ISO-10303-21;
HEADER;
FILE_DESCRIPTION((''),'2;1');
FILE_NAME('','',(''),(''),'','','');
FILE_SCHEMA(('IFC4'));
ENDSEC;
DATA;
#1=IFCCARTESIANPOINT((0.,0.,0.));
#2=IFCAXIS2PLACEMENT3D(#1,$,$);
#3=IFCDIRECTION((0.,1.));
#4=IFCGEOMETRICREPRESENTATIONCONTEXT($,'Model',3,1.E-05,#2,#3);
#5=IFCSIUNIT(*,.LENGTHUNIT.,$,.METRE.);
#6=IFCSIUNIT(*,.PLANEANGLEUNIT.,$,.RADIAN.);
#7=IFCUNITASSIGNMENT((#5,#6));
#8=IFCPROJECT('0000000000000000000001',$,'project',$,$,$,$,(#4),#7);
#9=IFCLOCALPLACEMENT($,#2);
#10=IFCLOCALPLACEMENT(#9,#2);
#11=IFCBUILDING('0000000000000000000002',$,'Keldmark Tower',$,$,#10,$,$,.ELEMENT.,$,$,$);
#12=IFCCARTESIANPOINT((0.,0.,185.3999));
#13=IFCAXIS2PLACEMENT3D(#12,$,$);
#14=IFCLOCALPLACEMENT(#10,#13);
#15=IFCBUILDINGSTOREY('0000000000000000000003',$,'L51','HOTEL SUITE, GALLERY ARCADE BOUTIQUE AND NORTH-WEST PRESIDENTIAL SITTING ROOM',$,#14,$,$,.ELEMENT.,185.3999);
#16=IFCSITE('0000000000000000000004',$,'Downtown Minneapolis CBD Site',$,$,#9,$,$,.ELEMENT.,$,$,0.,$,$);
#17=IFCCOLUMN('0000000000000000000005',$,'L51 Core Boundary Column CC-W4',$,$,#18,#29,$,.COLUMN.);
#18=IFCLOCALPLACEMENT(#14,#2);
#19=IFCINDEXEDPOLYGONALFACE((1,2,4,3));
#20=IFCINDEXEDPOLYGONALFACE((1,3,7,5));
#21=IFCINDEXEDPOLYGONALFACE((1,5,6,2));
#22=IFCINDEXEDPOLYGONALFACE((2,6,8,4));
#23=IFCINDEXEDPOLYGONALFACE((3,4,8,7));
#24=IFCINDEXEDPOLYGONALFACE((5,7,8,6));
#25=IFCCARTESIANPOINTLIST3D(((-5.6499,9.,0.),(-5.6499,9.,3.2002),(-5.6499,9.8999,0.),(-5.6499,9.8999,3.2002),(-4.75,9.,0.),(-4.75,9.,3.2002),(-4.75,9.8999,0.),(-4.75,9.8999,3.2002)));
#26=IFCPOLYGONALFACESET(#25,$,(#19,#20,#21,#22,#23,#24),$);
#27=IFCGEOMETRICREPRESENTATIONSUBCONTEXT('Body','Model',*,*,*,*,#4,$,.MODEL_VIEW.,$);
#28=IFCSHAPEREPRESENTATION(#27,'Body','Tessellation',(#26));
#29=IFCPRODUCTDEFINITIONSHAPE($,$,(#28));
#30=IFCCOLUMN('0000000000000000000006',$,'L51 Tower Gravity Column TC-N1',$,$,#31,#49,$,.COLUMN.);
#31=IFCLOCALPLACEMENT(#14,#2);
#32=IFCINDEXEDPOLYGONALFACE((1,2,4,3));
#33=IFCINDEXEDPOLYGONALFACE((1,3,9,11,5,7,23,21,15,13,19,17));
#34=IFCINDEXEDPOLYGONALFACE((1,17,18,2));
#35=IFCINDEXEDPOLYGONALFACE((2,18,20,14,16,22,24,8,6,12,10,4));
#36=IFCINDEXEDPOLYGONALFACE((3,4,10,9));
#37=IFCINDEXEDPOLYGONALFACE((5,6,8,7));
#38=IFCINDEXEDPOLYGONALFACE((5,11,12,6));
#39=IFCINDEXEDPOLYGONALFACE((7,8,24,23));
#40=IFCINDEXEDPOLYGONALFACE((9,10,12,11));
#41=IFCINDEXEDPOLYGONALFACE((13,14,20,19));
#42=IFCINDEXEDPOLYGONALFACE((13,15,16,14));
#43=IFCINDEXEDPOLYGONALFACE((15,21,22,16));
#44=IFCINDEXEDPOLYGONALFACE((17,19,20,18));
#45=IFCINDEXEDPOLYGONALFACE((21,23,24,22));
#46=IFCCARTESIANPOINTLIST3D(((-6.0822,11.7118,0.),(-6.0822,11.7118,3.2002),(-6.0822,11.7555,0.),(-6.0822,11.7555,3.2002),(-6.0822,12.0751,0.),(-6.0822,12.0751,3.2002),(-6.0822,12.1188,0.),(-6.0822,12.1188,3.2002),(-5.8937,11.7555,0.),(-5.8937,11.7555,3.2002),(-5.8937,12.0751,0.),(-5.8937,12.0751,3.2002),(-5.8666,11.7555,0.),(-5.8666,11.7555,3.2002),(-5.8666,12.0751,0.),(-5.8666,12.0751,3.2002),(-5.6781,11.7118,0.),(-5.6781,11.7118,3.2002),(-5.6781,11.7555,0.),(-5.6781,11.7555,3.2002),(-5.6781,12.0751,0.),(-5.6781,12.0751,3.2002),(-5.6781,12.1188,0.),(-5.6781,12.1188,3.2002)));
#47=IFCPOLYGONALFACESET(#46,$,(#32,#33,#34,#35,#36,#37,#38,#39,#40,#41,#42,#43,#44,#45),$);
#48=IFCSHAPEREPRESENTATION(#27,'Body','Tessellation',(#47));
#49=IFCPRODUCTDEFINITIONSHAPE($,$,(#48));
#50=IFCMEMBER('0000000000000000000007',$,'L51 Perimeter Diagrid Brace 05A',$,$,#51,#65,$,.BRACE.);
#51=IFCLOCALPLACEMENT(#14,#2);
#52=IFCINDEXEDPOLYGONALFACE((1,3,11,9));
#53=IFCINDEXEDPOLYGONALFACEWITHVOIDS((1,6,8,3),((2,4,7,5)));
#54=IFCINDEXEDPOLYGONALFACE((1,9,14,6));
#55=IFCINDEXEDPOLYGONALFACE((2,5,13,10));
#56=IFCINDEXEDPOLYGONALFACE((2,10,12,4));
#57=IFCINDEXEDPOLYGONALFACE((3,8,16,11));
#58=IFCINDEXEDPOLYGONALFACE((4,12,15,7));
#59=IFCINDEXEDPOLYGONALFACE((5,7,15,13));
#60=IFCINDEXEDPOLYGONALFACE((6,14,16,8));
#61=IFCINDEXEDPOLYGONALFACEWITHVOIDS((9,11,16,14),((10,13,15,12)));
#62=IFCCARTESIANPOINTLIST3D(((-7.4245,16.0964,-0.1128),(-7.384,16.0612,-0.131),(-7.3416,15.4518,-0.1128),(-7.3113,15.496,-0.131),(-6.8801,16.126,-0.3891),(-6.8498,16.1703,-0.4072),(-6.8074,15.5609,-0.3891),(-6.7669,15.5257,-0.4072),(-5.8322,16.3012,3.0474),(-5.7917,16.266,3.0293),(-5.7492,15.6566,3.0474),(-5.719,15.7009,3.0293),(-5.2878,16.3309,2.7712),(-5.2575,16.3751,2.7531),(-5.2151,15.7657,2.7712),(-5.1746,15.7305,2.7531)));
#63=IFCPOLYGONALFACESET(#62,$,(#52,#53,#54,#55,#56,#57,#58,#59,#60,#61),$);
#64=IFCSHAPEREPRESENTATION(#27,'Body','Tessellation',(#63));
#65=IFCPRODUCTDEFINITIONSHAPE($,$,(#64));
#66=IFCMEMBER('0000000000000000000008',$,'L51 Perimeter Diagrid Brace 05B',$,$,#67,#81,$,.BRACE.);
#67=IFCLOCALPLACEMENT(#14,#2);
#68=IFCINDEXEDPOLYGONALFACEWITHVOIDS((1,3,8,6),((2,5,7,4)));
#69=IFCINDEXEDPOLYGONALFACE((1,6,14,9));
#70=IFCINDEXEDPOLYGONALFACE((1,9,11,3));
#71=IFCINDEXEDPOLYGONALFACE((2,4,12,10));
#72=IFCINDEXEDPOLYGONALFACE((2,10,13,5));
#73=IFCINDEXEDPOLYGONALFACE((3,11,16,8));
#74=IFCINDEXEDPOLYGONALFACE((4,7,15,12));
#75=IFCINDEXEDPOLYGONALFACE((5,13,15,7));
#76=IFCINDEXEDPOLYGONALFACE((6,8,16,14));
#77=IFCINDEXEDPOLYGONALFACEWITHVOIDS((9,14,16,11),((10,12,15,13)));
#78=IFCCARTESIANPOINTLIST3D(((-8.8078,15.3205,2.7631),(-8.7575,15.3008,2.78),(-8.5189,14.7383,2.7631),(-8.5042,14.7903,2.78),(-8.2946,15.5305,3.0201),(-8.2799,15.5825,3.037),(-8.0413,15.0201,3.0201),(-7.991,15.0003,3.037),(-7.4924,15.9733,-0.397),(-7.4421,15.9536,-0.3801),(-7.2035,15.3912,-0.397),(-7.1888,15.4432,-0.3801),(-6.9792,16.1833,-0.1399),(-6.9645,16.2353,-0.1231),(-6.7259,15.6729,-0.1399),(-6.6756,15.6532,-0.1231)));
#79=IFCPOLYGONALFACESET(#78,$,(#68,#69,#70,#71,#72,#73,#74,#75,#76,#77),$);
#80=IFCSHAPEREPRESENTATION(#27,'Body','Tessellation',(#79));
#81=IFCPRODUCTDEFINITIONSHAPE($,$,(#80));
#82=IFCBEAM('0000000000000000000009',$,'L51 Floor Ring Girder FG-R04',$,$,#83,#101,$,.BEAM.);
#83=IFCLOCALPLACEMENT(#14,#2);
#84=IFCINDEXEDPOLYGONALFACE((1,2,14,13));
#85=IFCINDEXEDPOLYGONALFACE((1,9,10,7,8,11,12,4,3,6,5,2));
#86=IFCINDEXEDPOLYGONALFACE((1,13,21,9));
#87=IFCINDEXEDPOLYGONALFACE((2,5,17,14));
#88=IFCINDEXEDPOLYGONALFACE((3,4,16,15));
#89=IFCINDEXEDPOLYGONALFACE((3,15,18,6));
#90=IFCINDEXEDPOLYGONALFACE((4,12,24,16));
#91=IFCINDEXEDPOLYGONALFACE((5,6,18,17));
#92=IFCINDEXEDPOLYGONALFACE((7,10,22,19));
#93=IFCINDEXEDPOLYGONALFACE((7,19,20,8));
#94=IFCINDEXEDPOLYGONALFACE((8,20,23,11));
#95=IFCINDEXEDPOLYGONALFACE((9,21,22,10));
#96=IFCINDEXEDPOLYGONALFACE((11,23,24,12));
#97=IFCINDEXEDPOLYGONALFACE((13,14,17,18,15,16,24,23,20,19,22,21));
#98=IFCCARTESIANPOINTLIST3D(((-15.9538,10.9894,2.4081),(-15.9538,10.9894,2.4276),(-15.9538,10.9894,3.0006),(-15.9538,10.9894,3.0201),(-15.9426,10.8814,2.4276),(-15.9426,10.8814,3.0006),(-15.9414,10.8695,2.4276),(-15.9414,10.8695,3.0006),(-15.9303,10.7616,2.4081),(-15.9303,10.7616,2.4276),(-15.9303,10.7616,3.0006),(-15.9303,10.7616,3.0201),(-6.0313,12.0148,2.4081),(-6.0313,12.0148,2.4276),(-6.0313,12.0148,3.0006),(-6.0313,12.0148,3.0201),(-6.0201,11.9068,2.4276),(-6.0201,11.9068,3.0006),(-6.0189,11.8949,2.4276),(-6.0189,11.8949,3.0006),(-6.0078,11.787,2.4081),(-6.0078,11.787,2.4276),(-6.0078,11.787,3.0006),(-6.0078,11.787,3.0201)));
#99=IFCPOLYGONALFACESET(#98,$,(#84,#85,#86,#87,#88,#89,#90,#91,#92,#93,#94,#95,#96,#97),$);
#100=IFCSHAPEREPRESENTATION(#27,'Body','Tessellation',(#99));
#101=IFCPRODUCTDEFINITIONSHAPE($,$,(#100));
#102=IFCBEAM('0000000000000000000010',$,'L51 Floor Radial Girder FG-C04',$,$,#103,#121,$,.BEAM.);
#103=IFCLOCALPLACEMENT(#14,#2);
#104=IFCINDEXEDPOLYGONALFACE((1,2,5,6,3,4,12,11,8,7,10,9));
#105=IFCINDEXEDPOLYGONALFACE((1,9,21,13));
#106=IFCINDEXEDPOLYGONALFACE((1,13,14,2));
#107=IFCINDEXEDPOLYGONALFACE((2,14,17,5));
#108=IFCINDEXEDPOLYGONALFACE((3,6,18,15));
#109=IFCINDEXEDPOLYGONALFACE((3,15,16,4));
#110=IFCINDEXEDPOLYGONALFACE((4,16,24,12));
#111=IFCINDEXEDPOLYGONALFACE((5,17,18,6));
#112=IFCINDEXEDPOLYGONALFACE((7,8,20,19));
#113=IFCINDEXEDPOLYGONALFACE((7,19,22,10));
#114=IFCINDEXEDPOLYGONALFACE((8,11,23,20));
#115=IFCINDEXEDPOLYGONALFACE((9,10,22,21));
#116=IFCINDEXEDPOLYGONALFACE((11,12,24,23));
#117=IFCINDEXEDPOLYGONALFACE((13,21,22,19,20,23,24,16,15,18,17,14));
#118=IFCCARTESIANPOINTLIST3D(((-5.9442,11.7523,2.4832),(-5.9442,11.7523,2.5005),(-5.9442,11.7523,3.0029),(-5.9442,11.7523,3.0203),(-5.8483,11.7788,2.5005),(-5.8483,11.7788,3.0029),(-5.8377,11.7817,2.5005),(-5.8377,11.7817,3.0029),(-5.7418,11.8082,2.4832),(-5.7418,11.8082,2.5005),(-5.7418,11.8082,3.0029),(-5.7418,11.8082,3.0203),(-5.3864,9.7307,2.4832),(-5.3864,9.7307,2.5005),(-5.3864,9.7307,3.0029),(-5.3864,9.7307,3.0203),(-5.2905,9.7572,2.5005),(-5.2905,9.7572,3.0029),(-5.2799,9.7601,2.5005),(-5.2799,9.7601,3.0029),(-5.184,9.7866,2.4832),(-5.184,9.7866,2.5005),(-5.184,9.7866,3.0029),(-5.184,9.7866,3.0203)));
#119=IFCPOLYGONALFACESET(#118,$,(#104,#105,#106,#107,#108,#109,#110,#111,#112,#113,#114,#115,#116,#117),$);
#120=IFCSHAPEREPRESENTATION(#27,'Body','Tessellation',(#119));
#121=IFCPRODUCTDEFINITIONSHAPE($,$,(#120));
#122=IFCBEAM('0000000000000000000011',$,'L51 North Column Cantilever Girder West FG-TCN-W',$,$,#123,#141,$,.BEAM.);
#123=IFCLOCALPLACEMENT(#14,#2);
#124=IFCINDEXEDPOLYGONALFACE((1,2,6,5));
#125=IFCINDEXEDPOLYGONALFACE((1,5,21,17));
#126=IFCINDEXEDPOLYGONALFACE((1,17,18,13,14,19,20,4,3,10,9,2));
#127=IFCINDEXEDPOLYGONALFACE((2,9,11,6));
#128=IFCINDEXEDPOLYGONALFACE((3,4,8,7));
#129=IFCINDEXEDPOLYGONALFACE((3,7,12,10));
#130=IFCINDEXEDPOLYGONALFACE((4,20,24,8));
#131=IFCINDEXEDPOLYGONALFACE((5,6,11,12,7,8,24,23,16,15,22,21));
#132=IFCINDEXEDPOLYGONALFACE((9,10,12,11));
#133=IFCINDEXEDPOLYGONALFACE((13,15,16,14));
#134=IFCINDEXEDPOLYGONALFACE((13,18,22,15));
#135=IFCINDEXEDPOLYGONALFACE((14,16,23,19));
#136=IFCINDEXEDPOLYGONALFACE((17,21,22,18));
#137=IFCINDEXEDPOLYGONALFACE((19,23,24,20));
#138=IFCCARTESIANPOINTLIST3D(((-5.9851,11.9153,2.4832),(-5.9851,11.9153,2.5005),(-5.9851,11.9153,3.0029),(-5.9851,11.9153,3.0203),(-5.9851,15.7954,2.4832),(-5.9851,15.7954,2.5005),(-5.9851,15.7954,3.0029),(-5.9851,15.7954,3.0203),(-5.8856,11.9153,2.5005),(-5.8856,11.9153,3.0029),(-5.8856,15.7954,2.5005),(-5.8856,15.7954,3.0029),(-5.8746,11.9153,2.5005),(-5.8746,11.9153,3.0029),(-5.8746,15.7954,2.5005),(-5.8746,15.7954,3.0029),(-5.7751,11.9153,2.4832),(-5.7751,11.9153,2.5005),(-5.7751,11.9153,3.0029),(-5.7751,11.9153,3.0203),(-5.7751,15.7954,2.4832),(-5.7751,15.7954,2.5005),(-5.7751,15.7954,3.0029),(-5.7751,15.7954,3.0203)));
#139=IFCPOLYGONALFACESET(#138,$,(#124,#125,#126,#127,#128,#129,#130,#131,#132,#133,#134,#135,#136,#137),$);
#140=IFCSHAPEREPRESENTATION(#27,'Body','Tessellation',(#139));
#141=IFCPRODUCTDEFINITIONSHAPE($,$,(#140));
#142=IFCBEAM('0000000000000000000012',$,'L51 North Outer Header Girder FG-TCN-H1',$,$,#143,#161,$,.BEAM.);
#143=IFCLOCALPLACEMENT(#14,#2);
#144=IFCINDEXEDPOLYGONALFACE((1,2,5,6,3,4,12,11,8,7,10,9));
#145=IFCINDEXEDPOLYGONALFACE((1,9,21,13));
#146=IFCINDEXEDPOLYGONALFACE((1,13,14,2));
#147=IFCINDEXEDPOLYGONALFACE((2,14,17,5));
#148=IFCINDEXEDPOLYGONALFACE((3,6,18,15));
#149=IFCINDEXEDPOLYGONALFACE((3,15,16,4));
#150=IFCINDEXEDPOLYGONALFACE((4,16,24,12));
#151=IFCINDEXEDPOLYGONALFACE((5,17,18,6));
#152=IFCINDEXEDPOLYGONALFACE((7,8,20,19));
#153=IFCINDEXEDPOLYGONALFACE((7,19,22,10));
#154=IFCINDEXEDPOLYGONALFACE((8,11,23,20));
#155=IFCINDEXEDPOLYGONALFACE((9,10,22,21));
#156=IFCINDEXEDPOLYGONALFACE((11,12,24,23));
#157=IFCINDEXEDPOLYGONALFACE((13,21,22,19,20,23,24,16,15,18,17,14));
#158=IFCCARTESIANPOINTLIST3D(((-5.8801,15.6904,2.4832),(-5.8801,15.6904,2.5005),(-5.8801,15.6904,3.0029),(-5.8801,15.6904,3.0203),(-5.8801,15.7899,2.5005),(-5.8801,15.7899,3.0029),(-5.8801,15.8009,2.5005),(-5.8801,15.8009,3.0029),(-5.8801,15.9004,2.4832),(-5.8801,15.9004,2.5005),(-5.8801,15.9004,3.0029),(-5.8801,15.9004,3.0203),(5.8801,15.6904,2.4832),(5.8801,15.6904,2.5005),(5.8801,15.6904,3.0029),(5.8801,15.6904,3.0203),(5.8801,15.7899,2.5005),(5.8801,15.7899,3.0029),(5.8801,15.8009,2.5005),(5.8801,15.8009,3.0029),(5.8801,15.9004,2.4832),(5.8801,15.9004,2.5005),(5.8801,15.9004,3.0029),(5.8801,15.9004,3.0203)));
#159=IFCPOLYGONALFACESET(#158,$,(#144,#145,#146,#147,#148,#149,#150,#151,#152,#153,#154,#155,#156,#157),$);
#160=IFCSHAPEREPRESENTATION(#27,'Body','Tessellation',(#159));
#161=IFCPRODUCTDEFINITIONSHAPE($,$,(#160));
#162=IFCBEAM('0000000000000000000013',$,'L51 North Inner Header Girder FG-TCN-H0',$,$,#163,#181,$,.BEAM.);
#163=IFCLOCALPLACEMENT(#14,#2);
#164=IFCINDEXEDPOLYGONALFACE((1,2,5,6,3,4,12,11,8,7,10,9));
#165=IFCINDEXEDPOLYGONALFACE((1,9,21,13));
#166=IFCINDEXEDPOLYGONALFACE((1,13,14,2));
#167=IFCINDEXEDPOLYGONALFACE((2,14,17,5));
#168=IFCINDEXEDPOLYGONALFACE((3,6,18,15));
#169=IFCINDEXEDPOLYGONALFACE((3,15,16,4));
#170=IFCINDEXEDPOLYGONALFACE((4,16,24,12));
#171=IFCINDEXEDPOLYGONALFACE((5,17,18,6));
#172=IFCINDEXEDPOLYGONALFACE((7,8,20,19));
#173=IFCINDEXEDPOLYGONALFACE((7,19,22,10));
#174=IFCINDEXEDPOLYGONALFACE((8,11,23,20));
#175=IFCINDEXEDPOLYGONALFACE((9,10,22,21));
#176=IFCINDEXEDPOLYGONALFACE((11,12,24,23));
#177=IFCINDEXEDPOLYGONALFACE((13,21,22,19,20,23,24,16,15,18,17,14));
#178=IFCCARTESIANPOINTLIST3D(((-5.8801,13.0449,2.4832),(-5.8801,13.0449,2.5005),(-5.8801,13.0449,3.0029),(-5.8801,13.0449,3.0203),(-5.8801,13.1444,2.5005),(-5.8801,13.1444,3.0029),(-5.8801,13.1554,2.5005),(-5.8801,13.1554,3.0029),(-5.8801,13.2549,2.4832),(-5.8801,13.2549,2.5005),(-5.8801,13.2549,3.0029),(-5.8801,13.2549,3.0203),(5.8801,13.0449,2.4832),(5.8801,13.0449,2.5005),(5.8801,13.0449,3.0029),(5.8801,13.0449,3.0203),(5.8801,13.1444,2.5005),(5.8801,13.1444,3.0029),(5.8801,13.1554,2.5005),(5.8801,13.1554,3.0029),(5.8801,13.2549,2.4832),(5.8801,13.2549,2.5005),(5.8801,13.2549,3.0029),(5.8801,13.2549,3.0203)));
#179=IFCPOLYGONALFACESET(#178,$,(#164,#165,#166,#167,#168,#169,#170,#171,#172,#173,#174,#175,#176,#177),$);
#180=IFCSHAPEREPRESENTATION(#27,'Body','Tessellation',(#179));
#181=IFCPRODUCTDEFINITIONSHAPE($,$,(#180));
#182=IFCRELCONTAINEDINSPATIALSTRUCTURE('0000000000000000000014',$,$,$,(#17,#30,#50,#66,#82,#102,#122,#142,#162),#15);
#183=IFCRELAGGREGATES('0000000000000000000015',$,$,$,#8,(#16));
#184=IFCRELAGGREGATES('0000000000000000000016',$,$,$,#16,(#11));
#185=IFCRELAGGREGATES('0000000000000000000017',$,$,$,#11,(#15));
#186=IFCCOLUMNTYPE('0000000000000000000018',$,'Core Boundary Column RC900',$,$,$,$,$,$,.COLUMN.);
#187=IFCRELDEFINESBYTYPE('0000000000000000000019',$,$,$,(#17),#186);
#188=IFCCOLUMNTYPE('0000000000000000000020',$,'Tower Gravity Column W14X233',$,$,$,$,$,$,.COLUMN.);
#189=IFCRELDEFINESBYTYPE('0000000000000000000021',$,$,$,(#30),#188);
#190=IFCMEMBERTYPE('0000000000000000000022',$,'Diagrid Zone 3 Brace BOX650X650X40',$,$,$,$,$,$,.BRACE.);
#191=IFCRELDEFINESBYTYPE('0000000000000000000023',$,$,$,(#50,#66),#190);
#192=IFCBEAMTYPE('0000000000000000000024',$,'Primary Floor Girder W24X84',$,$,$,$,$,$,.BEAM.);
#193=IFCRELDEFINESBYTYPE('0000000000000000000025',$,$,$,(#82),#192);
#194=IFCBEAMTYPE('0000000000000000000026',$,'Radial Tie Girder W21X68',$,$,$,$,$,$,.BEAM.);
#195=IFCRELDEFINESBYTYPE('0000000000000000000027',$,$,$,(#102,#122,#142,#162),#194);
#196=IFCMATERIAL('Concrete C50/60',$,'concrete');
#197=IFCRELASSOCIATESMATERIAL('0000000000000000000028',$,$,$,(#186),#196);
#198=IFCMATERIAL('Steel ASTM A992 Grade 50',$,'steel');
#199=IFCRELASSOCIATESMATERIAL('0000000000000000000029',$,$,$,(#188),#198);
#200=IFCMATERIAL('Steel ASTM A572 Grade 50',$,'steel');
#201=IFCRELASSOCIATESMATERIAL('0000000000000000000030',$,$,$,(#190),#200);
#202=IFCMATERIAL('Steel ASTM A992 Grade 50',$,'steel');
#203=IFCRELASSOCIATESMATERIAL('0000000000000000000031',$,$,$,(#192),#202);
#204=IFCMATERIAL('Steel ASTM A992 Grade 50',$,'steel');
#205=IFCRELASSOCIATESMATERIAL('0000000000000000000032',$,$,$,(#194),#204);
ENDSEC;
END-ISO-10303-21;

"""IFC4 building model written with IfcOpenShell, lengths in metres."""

from ifc_helpers import new_model, si_unit, direction, frame, origin, origin_2d, place, context, subcontext, project, spatial, rectangle, hollow_rectangle, i_section, extrude, material, material_profile, profile_set, type_object, element, save


model = new_model("IFC4")

# Units and contexts
model_context = context("Model", 3, precision=1e-05, world=origin(), true_north=direction((0.0, 1.0)))
body_context = subcontext(model_context, "Body", "Model", "MODEL_VIEW")
ifc_project = project(units=[si_unit("LENGTHUNIT", "METRE"), si_unit("PLANEANGLEUNIT", "RADIAN")], contexts=[model_context])

# Site, building, storey
site_placement = place(None, origin())
site = spatial("IfcSite", under=ifc_project, at=site_placement, Name="Downtown Minneapolis CBD Site", CompositionType="ELEMENT", RefElevation=0.0)
building_placement = place(site_placement, origin())
building = spatial("IfcBuilding", under=site, at=building_placement, Name="Keldmark Tower", CompositionType="ELEMENT")
storey_placement = place(building_placement, frame((0.0, 0.0, 185.3999)))
storey = spatial("IfcBuildingStorey", under=building, at=storey_placement, Name="L51", Description="HOTEL SUITE, GALLERY ARCADE BOUTIQUE AND NORTH-WEST PRESIDENTIAL SITTING ROOM", CompositionType="ELEMENT", Elevation=185.3999)

# Columns
ifc_material_1 = material(Name="Concrete C50/60", Category="concrete")
ifc_material_profile_1 = material_profile(ifc_material_1, rectangle(XDim=0.8999, YDim=0.8999, at=origin_2d()), Name="RC900X900")
ifc_profile_set_1 = profile_set([ifc_material_profile_1], Name="Concrete C50/60")
column_type_1 = type_object("IfcColumnType", Name="Core Boundary Column RC900", PredefinedType="COLUMN", material=ifc_profile_set_1)
column_1_placement = place(storey_placement, frame((-5.2, 9.45, 0.0), z_axis=(0.0, 0.0, 1.0), x_axis=(1.0, 0.0, 0.0)))
element("IfcColumn", 1, at=column_1_placement, inside=storey, type_object=column_type_1, Name="L51 Core Boundary Column CC-W4", PredefinedType="COLUMN", context=body_context, shape_type="SweptSolid", body=[
    extrude(rectangle(XDim=0.8999, YDim=0.8999, at=origin_2d()), origin(), (0.0, 0.0, 1.0), 3.2002),
])
ifc_material_2 = material(Name="Steel ASTM A992 Grade 50", Category="steel")
ifc_material_profile_2 = material_profile(ifc_material_2, i_section(OverallWidth=0.4041, OverallDepth=0.407, WebThickness=0.0271, FlangeThickness=0.0437, at=origin_2d()), Name="W14X233")
ifc_profile_set_2 = profile_set([ifc_material_profile_2], Name="Steel ASTM A992 Grade 50")
column_type_2 = type_object("IfcColumnType", Name="Tower Gravity Column W14X233", PredefinedType="COLUMN", material=ifc_profile_set_2)
column_2_placement = place(storey_placement, frame((-5.8801, 11.9153, 0.0), z_axis=(0.0, 0.0, 1.0), x_axis=(1.0, 0.0, 0.0)))
element("IfcColumn", 2, at=column_2_placement, inside=storey, type_object=column_type_2, Name="L51 Tower Gravity Column TC-N1", PredefinedType="COLUMN", context=body_context, shape_type="SweptSolid", body=[
    extrude(i_section(OverallWidth=0.4041, OverallDepth=0.407, WebThickness=0.0271, FlangeThickness=0.0437, at=origin_2d()), origin(), (0.0, 0.0, 1.0), 3.2002),
])

# Members
ifc_material_3 = material(Name="Steel ASTM A572 Grade 50", Category="steel")
ifc_material_profile_3 = material_profile(ifc_material_3, hollow_rectangle(XDim=0.6499, YDim=0.6499, WallThickness=0.04, at=origin_2d()), Name="BOX650X650X40")
ifc_profile_set_3 = profile_set([ifc_material_profile_3], Name="Steel ASTM A572 Grade 50")
member_type = type_object("IfcMemberType", Name="Diagrid Zone 3 Brace BOX650X650X40", PredefinedType="BRACE", material=ifc_profile_set_3)
member_1_placement = place(storey_placement, frame((-7.0957, 15.811, -0.26), z_axis=(0.449219, 0.057788, 0.891551), x_axis=(-0.12759, 0.991827, 0.0)))
element("IfcMember", 3, at=member_1_placement, inside=storey, type_object=member_type, Name="L51 Perimeter Diagrid Brace 05A", PredefinedType="BRACE", context=body_context, shape_type="SweptSolid", body=[
    extrude(hollow_rectangle(XDim=0.6499, YDim=0.6499, WallThickness=0.04, at=origin_2d()), origin(), (0.0, 0.0, 1.0), 3.5447),
])
member_2_placement = place(storey_placement, frame((-7.084, 15.8132, -0.26), z_axis=(-0.377487, -0.187342, 0.906866), x_axis=(0.444552, -0.895753, 0.0)))
element("IfcMember", 4, at=member_2_placement, inside=storey, type_object=member_type, Name="L51 Perimeter Diagrid Brace 05B", PredefinedType="BRACE", context=body_context, shape_type="SweptSolid", body=[
    extrude(hollow_rectangle(XDim=0.6499, YDim=0.6499, WallThickness=0.04, at=origin_2d()), origin(), (0.0, 0.0, 1.0), 3.4846),
])

# Beams
ifc_material_4 = material(Name="Steel ASTM A992 Grade 50", Category="steel")
ifc_material_profile_4 = material_profile(ifc_material_4, i_section(OverallWidth=0.229, OverallDepth=0.6121, WebThickness=0.012, FlangeThickness=0.0195, at=origin_2d()), Name="W24X84")
ifc_profile_set_4 = profile_set([ifc_material_profile_4], Name="Steel ASTM A992 Grade 50")
beam_type_1 = type_object("IfcBeamType", Name="Primary Floor Girder W24X84", PredefinedType="BEAM", material=ifc_profile_set_4)
beam_1_placement = place(storey_placement, frame((-6.0195, 11.9009, 2.7141), z_axis=(-0.994703, -0.102791, 0.0), x_axis=(0.102791, -0.994703, 0.0)))
element("IfcBeam", 5, at=beam_1_placement, inside=storey, type_object=beam_type_1, Name="L51 Floor Ring Girder FG-R04", PredefinedType="BEAM", context=body_context, shape_type="SweptSolid", body=[
    extrude(i_section(OverallWidth=0.229, OverallDepth=0.6121, WebThickness=0.012, FlangeThickness=0.0195, at=origin_2d()), origin(), (0.0, 0.0, 1.0), 9.9753),
])
ifc_material_5 = material(Name="Steel ASTM A992 Grade 50", Category="steel")
ifc_material_profile_5 = material_profile(ifc_material_5, i_section(OverallWidth=0.21, OverallDepth=0.5371, WebThickness=0.011, FlangeThickness=0.0173, at=origin_2d()), Name="W21X68")
ifc_profile_set_5 = profile_set([ifc_material_profile_5], Name="Steel ASTM A992 Grade 50")
beam_type_2 = type_object("IfcBeamType", Name="Radial Tie Girder W21X68", PredefinedType="BEAM", material=ifc_profile_set_5)
beam_2_placement = place(storey_placement, frame((-5.843, 11.7803, 2.7517), z_axis=(0.265992, -0.963975, 0.0), x_axis=(0.963975, 0.265992, 0.0)))
element("IfcBeam", 6, at=beam_2_placement, inside=storey, type_object=beam_type_2, Name="L51 Floor Radial Girder FG-C04", PredefinedType="BEAM", context=body_context, shape_type="SweptSolid", body=[
    extrude(i_section(OverallWidth=0.21, OverallDepth=0.5371, WebThickness=0.011, FlangeThickness=0.0173, at=origin_2d()), origin(), (0.0, 0.0, 1.0), 2.0972),
])
beam_3_placement = place(storey_placement, frame((-5.8801, 11.9153, 2.7517), z_axis=(0.0, 1.0, 0.0), x_axis=(-1.0, 0.0, 0.0)))
element("IfcBeam", 7, at=beam_3_placement, inside=storey, type_object=beam_type_2, Name="L51 North Column Cantilever Girder West FG-TCN-W", PredefinedType="BEAM", context=body_context, shape_type="SweptSolid", body=[
    extrude(i_section(OverallWidth=0.21, OverallDepth=0.5371, WebThickness=0.011, FlangeThickness=0.0173, at=origin_2d()), origin(), (0.0, 0.0, 1.0), 3.8801),
])
for number, where, z_axis, x_axis, name in (
    (8, (-5.8801, 15.7954, 2.7517), (1.0, 0.0, 0.0), (0.0, 1.0, 0.0), "L51 North Outer Header Girder FG-TCN-H1"),
    (9, (-5.8801, 13.1499, 2.7517), (1.0, 0.0, 0.0), (0.0, 1.0, 0.0), "L51 North Inner Header Girder FG-TCN-H0"),
):
    element("IfcBeam", number, at=place(storey_placement, frame(where, z_axis=z_axis, x_axis=x_axis)), inside=storey, type_object=beam_type_2, Name=name, PredefinedType="BEAM", context=body_context, shape_type="SweptSolid", body=[
        extrude(i_section(OverallWidth=0.21, OverallDepth=0.5371, WebThickness=0.011, FlangeThickness=0.0173, at=origin_2d()), origin(), (0.0, 0.0, 1.0), 11.7603),
    ])

save(model, "model.ifc")
